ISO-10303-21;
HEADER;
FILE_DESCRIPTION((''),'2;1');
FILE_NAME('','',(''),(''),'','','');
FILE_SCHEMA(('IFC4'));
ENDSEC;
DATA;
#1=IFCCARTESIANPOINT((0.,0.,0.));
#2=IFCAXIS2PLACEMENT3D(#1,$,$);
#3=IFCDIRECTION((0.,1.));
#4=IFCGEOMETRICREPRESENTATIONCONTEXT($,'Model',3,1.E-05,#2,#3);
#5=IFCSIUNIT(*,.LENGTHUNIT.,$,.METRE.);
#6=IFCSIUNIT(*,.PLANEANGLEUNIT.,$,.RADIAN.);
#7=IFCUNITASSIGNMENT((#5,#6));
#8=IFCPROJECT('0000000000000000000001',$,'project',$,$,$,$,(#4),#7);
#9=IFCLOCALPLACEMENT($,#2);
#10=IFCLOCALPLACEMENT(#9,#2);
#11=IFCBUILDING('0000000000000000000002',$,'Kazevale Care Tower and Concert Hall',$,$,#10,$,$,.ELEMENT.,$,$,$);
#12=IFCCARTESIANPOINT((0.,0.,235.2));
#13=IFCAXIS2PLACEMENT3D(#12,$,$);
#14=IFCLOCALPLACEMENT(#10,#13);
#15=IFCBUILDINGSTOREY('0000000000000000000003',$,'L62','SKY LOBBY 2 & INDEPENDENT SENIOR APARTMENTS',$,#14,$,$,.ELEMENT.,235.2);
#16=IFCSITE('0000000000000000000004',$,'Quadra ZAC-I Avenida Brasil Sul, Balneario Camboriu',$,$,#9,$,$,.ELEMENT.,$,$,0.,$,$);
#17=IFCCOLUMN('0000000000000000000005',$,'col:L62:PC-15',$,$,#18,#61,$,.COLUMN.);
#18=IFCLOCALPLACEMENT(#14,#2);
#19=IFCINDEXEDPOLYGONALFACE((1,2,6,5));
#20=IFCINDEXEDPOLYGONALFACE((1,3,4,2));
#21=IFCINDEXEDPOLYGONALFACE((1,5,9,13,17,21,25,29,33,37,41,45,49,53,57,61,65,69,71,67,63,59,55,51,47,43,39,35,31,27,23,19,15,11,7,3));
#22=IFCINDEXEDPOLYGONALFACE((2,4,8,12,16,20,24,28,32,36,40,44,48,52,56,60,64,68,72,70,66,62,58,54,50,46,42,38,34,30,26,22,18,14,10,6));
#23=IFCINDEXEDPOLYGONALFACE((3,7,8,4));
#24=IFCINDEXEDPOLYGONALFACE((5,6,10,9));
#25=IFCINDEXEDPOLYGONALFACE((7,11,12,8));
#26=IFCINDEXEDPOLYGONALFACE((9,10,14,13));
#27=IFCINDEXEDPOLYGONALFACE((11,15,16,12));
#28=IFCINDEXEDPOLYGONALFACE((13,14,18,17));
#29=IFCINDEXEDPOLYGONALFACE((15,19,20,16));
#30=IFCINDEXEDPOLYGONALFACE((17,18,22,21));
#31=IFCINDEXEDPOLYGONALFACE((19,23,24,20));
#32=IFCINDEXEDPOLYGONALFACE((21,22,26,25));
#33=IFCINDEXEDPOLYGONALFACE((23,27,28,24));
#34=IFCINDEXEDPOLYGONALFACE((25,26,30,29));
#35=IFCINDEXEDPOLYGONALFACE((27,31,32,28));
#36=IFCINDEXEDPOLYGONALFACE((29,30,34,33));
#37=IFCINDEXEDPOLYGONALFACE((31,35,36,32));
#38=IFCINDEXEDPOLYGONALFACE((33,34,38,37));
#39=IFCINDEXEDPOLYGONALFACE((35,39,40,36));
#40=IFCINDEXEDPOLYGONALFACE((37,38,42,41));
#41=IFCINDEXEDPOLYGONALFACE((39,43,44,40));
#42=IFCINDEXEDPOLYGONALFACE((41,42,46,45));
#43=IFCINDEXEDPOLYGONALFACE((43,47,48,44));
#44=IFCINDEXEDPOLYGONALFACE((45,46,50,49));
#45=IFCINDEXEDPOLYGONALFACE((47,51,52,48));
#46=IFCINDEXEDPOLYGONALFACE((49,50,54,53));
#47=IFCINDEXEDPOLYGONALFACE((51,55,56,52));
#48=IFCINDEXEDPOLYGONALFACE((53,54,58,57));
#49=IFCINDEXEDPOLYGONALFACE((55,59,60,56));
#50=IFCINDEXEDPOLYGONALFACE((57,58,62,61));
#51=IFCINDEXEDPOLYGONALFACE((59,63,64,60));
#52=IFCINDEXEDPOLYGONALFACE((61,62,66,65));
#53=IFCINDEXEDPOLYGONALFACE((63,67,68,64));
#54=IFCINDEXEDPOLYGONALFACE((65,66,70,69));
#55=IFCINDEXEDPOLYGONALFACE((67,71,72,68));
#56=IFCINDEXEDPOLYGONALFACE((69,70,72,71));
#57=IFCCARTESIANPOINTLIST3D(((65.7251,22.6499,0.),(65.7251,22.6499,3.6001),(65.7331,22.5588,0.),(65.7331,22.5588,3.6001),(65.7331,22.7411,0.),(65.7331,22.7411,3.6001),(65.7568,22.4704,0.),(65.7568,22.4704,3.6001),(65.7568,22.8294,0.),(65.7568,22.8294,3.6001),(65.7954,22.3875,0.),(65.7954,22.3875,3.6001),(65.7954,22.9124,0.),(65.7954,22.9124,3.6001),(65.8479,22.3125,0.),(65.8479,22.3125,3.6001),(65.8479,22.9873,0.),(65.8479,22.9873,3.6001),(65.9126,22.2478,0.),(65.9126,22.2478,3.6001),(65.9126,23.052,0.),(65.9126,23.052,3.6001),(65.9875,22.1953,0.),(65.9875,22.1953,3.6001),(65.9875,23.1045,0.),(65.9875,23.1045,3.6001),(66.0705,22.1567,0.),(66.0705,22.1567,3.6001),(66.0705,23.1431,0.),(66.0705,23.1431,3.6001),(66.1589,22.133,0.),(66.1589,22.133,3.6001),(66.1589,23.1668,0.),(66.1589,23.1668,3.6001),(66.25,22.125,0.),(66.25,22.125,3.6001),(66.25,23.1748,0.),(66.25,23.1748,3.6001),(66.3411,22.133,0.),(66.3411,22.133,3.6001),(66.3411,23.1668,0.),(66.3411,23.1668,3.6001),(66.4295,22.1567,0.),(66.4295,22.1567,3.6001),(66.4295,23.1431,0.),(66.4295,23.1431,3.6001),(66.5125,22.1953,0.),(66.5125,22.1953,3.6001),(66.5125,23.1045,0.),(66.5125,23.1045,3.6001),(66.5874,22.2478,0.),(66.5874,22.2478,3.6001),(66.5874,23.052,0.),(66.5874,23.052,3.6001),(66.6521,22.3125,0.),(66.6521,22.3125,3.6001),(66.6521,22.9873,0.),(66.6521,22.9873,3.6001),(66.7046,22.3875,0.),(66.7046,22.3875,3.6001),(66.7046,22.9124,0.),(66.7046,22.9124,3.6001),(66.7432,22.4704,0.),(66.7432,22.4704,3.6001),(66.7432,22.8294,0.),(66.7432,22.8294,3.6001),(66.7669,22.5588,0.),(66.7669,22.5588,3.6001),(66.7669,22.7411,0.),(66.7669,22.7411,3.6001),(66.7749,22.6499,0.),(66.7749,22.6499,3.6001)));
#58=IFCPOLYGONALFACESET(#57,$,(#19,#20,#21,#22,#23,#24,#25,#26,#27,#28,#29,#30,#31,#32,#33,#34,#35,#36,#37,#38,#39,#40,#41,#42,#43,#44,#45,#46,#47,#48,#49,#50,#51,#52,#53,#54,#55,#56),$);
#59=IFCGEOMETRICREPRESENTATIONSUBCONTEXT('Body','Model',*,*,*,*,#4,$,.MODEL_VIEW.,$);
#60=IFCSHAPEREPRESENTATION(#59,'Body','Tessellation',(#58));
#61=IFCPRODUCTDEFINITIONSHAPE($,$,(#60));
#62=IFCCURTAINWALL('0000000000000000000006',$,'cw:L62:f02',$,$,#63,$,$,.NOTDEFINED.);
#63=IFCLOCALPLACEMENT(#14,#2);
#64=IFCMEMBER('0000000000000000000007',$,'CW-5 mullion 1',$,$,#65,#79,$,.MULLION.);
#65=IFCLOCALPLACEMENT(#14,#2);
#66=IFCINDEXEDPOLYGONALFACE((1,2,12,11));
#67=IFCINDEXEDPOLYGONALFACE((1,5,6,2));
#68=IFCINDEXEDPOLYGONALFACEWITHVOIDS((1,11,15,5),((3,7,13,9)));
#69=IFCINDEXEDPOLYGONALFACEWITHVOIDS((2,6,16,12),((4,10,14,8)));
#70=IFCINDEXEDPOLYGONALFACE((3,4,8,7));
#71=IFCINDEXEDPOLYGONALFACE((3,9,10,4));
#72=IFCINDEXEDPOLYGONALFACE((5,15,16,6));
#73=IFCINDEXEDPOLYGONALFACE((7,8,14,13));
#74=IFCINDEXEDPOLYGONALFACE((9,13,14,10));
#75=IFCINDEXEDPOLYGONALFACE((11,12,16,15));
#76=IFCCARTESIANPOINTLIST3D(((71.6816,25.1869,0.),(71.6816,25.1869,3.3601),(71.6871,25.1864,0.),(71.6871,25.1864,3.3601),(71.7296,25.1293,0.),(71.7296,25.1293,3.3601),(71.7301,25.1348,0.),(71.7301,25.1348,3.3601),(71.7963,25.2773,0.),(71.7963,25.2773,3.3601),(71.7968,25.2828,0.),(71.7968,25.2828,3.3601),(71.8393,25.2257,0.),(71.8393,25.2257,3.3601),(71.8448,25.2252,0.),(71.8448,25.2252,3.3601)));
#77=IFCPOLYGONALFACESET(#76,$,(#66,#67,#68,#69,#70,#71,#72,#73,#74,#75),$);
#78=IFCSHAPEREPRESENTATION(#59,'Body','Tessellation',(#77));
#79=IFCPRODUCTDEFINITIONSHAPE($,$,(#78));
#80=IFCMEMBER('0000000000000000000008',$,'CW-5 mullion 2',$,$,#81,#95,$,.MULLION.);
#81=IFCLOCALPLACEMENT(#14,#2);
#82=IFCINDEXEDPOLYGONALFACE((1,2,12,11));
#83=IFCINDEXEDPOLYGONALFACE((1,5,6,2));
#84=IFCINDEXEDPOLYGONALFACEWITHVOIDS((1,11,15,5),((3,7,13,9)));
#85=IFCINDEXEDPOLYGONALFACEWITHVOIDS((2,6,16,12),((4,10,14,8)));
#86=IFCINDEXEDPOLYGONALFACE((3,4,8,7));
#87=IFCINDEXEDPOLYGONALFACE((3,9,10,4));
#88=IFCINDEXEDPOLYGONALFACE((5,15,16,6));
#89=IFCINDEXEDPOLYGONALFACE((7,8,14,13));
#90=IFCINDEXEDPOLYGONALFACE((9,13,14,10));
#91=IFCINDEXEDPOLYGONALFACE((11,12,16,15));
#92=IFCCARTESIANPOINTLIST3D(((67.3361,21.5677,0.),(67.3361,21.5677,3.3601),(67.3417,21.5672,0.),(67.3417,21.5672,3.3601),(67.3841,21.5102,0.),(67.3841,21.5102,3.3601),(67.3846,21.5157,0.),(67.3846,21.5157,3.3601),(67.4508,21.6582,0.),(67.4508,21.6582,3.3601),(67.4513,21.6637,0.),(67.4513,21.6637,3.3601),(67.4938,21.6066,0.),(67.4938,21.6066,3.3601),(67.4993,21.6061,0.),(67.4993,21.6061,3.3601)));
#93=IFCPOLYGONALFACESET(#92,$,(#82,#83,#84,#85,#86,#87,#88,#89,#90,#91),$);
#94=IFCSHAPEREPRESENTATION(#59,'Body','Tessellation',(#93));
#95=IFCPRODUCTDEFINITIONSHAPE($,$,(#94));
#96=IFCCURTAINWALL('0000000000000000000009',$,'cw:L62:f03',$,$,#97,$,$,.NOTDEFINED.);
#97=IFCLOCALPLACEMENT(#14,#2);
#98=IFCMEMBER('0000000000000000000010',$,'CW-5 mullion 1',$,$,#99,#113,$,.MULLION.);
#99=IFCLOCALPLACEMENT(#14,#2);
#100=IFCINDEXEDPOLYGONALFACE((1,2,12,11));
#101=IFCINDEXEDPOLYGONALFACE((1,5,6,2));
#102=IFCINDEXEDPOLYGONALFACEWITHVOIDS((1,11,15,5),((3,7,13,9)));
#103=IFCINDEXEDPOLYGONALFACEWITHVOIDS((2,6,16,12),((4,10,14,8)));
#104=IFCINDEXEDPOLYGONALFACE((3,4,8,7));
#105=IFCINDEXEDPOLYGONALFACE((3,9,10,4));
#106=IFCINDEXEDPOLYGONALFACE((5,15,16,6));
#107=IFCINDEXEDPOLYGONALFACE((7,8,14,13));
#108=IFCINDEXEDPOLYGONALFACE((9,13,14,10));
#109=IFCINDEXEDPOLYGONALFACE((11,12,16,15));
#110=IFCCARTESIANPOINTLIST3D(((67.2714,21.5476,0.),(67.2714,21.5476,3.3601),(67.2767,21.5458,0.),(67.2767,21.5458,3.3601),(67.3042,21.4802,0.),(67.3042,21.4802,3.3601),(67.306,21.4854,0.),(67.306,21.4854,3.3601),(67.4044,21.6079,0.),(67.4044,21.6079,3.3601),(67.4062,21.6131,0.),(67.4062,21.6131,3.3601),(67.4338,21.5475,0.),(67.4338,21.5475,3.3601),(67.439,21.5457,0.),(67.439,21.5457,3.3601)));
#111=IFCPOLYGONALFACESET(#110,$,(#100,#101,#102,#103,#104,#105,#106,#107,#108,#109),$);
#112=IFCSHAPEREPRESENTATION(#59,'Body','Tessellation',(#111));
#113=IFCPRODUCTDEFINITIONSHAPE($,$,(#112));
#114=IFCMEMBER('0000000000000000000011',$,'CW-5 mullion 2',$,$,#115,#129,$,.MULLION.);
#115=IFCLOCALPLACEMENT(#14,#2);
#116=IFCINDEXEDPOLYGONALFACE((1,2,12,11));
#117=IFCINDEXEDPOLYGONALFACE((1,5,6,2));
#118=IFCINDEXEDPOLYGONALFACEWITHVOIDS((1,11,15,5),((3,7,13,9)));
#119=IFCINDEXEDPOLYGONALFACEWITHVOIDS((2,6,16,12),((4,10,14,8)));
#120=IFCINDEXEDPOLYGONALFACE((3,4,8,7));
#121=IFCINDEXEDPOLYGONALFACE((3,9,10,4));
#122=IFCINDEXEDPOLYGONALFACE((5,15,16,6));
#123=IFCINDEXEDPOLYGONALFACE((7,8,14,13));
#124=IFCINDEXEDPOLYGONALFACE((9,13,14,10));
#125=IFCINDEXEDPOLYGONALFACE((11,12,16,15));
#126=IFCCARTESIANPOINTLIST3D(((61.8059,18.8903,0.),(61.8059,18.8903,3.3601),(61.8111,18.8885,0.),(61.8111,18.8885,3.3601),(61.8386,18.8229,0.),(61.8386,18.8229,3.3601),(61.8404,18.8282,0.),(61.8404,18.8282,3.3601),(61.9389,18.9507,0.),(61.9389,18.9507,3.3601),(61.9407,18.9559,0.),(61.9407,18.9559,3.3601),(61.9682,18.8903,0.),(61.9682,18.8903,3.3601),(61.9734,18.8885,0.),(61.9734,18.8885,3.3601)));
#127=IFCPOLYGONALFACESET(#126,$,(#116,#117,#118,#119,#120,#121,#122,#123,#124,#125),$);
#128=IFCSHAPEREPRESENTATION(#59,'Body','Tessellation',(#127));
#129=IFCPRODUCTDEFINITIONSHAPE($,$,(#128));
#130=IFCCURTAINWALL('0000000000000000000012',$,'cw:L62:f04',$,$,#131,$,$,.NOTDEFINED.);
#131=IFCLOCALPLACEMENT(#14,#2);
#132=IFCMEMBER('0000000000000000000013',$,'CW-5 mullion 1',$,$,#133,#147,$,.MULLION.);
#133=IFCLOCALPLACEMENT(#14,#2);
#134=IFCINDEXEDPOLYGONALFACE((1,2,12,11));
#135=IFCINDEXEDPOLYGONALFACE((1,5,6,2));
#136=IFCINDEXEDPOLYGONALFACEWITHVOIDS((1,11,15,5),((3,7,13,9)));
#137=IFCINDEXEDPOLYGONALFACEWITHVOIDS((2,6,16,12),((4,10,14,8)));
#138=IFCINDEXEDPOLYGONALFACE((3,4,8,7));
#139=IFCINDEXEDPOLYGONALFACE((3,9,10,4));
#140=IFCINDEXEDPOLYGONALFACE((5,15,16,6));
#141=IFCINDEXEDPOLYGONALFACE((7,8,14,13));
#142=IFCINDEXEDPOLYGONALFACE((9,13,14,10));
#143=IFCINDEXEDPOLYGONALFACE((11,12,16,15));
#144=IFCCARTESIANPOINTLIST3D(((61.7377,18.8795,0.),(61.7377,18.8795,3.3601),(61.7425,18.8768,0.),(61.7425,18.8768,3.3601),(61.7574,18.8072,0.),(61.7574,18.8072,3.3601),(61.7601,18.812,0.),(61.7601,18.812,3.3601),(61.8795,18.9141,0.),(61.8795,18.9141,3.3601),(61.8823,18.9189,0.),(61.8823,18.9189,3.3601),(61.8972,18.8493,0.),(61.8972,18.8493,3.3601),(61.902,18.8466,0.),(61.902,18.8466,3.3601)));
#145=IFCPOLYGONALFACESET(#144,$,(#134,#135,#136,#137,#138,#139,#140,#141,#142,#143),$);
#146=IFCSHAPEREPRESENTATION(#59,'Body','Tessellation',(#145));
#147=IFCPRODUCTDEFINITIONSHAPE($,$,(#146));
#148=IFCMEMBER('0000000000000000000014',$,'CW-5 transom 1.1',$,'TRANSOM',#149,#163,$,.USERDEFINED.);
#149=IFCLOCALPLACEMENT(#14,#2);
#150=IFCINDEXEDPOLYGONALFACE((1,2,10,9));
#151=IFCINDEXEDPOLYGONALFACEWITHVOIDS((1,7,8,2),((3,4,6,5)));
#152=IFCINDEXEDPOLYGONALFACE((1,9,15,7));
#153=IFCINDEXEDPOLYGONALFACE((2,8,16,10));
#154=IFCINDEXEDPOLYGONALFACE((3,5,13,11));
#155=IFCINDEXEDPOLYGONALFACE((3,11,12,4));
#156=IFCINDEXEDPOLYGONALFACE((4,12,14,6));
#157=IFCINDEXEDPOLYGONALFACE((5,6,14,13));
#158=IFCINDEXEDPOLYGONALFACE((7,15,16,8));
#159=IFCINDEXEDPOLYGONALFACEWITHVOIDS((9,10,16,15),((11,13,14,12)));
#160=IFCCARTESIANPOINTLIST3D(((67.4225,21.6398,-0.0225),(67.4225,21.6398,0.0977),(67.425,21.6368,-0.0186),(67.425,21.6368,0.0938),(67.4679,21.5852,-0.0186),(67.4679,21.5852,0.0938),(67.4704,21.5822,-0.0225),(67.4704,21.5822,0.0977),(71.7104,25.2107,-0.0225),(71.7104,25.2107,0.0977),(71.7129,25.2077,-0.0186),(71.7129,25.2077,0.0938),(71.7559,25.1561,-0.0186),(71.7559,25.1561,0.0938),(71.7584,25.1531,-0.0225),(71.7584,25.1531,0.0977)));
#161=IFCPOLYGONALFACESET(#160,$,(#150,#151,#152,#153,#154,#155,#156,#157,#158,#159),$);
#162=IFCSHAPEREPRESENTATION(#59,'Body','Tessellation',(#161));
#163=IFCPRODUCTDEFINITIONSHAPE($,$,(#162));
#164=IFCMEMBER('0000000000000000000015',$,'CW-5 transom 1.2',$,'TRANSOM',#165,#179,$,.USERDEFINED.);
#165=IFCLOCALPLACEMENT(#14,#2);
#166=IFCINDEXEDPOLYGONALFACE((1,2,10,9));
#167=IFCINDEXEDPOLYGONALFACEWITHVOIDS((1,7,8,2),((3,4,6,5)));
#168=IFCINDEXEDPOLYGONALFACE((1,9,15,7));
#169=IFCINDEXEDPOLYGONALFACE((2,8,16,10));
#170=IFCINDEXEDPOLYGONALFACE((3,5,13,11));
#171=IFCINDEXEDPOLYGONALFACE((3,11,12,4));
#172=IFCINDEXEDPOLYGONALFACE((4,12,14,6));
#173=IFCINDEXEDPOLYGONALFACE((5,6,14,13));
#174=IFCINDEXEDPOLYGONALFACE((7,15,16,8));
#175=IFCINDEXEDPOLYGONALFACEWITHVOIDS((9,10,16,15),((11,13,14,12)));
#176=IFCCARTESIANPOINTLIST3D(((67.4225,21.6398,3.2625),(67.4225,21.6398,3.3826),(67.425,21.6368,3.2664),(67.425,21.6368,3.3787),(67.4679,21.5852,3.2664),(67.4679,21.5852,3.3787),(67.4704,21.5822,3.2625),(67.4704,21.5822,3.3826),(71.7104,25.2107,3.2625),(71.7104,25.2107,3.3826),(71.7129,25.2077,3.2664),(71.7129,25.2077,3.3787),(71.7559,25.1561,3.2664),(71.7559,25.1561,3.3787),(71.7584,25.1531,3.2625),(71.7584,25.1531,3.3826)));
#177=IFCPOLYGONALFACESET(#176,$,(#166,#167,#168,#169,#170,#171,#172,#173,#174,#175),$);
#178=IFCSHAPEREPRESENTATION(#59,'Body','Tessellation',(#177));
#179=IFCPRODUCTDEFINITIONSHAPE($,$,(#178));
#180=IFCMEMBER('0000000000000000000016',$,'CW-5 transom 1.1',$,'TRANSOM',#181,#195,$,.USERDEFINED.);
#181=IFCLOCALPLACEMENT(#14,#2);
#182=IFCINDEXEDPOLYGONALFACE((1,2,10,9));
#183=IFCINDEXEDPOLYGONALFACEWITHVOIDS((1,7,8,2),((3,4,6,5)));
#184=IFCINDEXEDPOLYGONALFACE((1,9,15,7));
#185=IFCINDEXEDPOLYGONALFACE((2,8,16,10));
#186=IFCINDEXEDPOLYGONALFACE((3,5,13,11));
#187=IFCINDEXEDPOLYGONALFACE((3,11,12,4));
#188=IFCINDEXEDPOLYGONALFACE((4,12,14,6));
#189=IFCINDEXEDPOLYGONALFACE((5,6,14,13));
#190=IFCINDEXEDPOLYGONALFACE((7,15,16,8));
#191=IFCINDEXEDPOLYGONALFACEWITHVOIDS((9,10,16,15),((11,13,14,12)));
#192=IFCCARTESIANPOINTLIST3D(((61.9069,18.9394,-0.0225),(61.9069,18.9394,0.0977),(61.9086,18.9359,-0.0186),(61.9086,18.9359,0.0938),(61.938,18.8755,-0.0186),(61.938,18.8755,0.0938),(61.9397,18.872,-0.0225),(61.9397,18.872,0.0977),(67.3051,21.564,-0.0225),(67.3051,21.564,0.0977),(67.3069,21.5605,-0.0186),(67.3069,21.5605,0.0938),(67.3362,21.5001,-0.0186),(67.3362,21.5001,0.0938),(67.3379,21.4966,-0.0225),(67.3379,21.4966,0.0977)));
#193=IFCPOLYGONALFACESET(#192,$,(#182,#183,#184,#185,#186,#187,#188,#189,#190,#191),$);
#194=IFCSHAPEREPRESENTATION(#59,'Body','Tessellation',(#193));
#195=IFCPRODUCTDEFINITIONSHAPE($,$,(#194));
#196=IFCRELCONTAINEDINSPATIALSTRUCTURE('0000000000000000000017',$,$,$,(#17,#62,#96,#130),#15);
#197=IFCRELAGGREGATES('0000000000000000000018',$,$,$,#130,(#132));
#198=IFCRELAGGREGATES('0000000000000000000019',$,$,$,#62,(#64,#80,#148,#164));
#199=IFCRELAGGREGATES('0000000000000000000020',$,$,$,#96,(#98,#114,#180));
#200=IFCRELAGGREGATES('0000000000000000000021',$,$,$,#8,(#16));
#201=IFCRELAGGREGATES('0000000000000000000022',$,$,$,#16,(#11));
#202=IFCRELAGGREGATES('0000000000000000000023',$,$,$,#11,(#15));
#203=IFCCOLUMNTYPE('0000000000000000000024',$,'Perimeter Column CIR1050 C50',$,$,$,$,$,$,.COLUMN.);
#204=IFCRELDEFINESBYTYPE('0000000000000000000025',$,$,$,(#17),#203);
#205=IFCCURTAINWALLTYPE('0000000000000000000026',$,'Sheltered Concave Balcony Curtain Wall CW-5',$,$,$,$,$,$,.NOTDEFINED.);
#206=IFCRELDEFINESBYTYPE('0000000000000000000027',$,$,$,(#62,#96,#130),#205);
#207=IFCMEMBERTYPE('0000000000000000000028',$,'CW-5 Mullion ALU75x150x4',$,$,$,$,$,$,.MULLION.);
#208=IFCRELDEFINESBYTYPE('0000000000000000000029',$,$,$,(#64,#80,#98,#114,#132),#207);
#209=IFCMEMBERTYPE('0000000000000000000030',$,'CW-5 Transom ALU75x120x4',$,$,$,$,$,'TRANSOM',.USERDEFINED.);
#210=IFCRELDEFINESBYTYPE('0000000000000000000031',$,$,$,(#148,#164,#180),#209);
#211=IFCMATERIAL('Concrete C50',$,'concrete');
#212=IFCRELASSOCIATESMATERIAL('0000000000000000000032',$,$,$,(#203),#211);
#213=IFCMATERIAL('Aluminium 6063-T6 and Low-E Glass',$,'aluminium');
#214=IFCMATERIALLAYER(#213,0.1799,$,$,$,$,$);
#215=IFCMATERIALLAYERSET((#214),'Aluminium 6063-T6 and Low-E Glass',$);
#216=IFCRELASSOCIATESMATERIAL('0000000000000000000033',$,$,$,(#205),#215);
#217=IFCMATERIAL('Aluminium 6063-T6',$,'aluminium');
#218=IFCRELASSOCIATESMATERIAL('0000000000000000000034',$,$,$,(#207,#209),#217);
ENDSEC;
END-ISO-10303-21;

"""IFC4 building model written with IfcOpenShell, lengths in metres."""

from ifc_helpers import new_model, si_unit, direction, frame, origin, origin_2d, place, context, subcontext, project, spatial, hollow_rectangle, circle, extrude, material, layer, layer_set, material_profile, profile_set, type_object, element, aggregate, save


model = new_model("IFC4")

# Units and contexts
model_context = context("Model", 3, precision=1e-05, world=origin(), true_north=direction((0.0, 1.0)))
body_context = subcontext(model_context, "Body", "Model", "MODEL_VIEW")
ifc_project = project(units=[si_unit("LENGTHUNIT", "METRE"), si_unit("PLANEANGLEUNIT", "RADIAN")], contexts=[model_context])

# Site, building, storey
site_placement = place(None, origin())
site = spatial("IfcSite", under=ifc_project, at=site_placement, Name="Quadra ZAC-I Avenida Brasil Sul, Balneario Camboriu", CompositionType="ELEMENT", RefElevation=0.0)
building_placement = place(site_placement, origin())
building = spatial("IfcBuilding", under=site, at=building_placement, Name="Kazevale Care Tower and Concert Hall", CompositionType="ELEMENT")
storey_placement = place(building_placement, frame((0.0, 0.0, 235.2)))
storey = spatial("IfcBuildingStorey", under=building, at=storey_placement, Name="L62", Description="SKY LOBBY 2 & INDEPENDENT SENIOR APARTMENTS", CompositionType="ELEMENT", Elevation=235.2)

# Column
ifc_material_1 = material(Name="Concrete C50", Category="concrete")
ifc_material_profile_1 = material_profile(ifc_material_1, circle(Radius=0.5249, at=origin_2d()), Name="RC-CIR1050")
ifc_profile_set_1 = profile_set([ifc_material_profile_1], Name="Concrete C50")
column_type = type_object("IfcColumnType", Name="Perimeter Column CIR1050 C50", PredefinedType="COLUMN", material=ifc_profile_set_1)
column_placement = place(storey_placement, frame((66.25, 22.6499, 0.0), z_axis=(0.0, 0.0, 1.0), x_axis=(1.0, 0.0, 0.0)))
element("IfcColumn", 1, at=column_placement, inside=storey, type_object=column_type, Name="col:L62:PC-15", PredefinedType="COLUMN", context=body_context, shape_type="SweptSolid", body=[
    extrude(circle(Radius=0.5249, at=origin_2d()), origin(), (0.0, 0.0, 1.0), 3.6001),
])

# Curtain walls, members
ifc_material_2 = material(Name="Aluminium 6063-T6 and Low-E Glass", Category="aluminium")
ifc_layer_1 = layer(ifc_material_2, 0.1799)
ifc_layer_set_1 = layer_set([ifc_layer_1], Name="Aluminium 6063-T6 and Low-E Glass")
curtain_wall_type = type_object("IfcCurtainWallType", Name="Sheltered Concave Balcony Curtain Wall CW-5", PredefinedType="NOTDEFINED", material=ifc_layer_set_1)
curtain_wall_1_placement = place(storey_placement, origin())
curtain_wall_1 = element("IfcCurtainWall", 2, at=curtain_wall_1_placement, inside=storey, type_object=curtain_wall_type, Name="cw:L62:f02", PredefinedType="NOTDEFINED")
ifc_material_3 = material(Name="Aluminium 6063-T6", Category="aluminium")
ifc_material_profile_2 = material_profile(ifc_material_3, hollow_rectangle(XDim=0.075, YDim=0.1499, WallThickness=0.0039, at=origin_2d()), Name="ALU75x150x4")
ifc_profile_set_2 = profile_set([ifc_material_profile_2], Name="Aluminium 6063-T6")
member_type_1 = type_object("IfcMemberType", Name="CW-5 Mullion ALU75x150x4", PredefinedType="MULLION", material=ifc_profile_set_2)
member_1_placement = place(storey_placement, frame((71.7632, 25.2061, 0.0), z_axis=(0.0, 0.0, 1.0), x_axis=(0.639961, -0.768407, 0.0)))
member_1 = element("IfcMember", 3, at=member_1_placement, type_object=member_type_1, Name="CW-5 mullion 1", PredefinedType="MULLION", context=body_context, shape_type="SweptSolid", body=[
    extrude(hollow_rectangle(XDim=0.075, YDim=0.1499, WallThickness=0.0039, at=origin_2d()), origin(), (0.0, 0.0, 1.0), 3.3601),
])
member_2_placement = place(storey_placement, frame((67.4177, 21.5869, 0.0), z_axis=(0.0, 0.0, 1.0), x_axis=(0.639961, -0.768407, 0.0)))
member_2 = element("IfcMember", 4, at=member_2_placement, type_object=member_type_1, Name="CW-5 mullion 2", PredefinedType="MULLION", context=body_context, shape_type="SweptSolid", body=[
    extrude(hollow_rectangle(XDim=0.075, YDim=0.1499, WallThickness=0.0039, at=origin_2d()), origin(), (0.0, 0.0, 1.0), 3.3601),
])
curtain_wall_2_placement = place(storey_placement, origin())
curtain_wall_2 = element("IfcCurtainWall", 5, at=curtain_wall_2_placement, inside=storey, type_object=curtain_wall_type, Name="cw:L62:f03", PredefinedType="NOTDEFINED")
member_3_placement = place(storey_placement, frame((67.3552, 21.5466, 0.0), z_axis=(0.0, 0.0, 1.0), x_axis=(0.437238, -0.899346, 0.0)))
member_3 = element("IfcMember", 6, at=member_3_placement, type_object=member_type_1, Name="CW-5 mullion 1", PredefinedType="MULLION", context=body_context, shape_type="SweptSolid", body=[
    extrude(hollow_rectangle(XDim=0.075, YDim=0.1499, WallThickness=0.0039, at=origin_2d()), origin(), (0.0, 0.0, 1.0), 3.3601),
])
member_4_placement = place(storey_placement, frame((61.8896, 18.8894, 0.0), z_axis=(0.0, 0.0, 1.0), x_axis=(0.437238, -0.899346, 0.0)))
member_4 = element("IfcMember", 7, at=member_4_placement, type_object=member_type_1, Name="CW-5 mullion 2", PredefinedType="MULLION", context=body_context, shape_type="SweptSolid", body=[
    extrude(hollow_rectangle(XDim=0.075, YDim=0.1499, WallThickness=0.0039, at=origin_2d()), origin(), (0.0, 0.0, 1.0), 3.3601),
])

# Curtain wall, member
curtain_wall_3_placement = place(storey_placement, origin())
curtain_wall_3 = element("IfcCurtainWall", 8, at=curtain_wall_3_placement, inside=storey, type_object=curtain_wall_type, Name="cw:L62:f04", PredefinedType="NOTDEFINED")
member_5_placement = place(storey_placement, frame((61.8198, 18.863, 0.0), z_axis=(0.0, 0.0, 1.0), x_axis=(0.262849, -0.964837, 0.0)))
member_5 = element("IfcMember", 9, at=member_5_placement, type_object=member_type_1, Name="CW-5 mullion 1", PredefinedType="MULLION", context=body_context, shape_type="SweptSolid", body=[
    extrude(hollow_rectangle(XDim=0.075, YDim=0.1499, WallThickness=0.0039, at=origin_2d()), origin(), (0.0, 0.0, 1.0), 3.3601),
])

# Members
ifc_material_profile_3 = material_profile(ifc_material_3, hollow_rectangle(XDim=0.075, YDim=0.1201, WallThickness=0.0039, at=origin_2d()), Name="ALU75x120x4")
ifc_profile_set_3 = profile_set([ifc_material_profile_3], Name="Aluminium 6063-T6")
member_type_2 = type_object("IfcMemberType", Name="CW-5 Transom ALU75x120x4", ElementType="TRANSOM", PredefinedType="USERDEFINED", material=ifc_profile_set_3)
member_6_placement = place(storey_placement, frame((71.7344, 25.1819, 0.0376), z_axis=(-0.768433, -0.63993, 0.0), x_axis=(0.63993, -0.768433, 0.0)))
member_6 = element("IfcMember", 10, at=member_6_placement, type_object=member_type_2, Name="CW-5 transom 1.1", ObjectType="TRANSOM", PredefinedType="USERDEFINED", context=body_context, shape_type="SweptSolid", body=[
    extrude(hollow_rectangle(XDim=0.075, YDim=0.1201, WallThickness=0.0039, at=origin_2d()), origin(), (0.0, 0.0, 1.0), 5.5801),
])
member_7_placement = place(storey_placement, frame((71.7344, 25.1819, 3.3225), z_axis=(-0.768433, -0.63993, 0.0), x_axis=(0.63993, -0.768433, 0.0)))
member_7 = element("IfcMember", 11, at=member_7_placement, type_object=member_type_2, Name="CW-5 transom 1.2", ObjectType="TRANSOM", PredefinedType="USERDEFINED", context=body_context, shape_type="SweptSolid", body=[
    extrude(hollow_rectangle(XDim=0.075, YDim=0.1201, WallThickness=0.0039, at=origin_2d()), origin(), (0.0, 0.0, 1.0), 5.5801),
])
member_8_placement = place(storey_placement, frame((67.3215, 21.5303, 0.0376), z_axis=(-0.899342, -0.437245, 0.0), x_axis=(0.437245, -0.899342, 0.0)))
member_8 = element("IfcMember", 12, at=member_8_placement, type_object=member_type_2, Name="CW-5 transom 1.1", ObjectType="TRANSOM", PredefinedType="USERDEFINED", context=body_context, shape_type="SweptSolid", body=[
    extrude(hollow_rectangle(XDim=0.075, YDim=0.1201, WallThickness=0.0039, at=origin_2d()), origin(), (0.0, 0.0, 1.0), 6.0024),
])
aggregate(curtain_wall_3, [member_5])

aggregate(curtain_wall_1, [member_1, member_2, member_6, member_7])
aggregate(curtain_wall_2, [member_3, member_4, member_8])

save(model, "model.ifc")
